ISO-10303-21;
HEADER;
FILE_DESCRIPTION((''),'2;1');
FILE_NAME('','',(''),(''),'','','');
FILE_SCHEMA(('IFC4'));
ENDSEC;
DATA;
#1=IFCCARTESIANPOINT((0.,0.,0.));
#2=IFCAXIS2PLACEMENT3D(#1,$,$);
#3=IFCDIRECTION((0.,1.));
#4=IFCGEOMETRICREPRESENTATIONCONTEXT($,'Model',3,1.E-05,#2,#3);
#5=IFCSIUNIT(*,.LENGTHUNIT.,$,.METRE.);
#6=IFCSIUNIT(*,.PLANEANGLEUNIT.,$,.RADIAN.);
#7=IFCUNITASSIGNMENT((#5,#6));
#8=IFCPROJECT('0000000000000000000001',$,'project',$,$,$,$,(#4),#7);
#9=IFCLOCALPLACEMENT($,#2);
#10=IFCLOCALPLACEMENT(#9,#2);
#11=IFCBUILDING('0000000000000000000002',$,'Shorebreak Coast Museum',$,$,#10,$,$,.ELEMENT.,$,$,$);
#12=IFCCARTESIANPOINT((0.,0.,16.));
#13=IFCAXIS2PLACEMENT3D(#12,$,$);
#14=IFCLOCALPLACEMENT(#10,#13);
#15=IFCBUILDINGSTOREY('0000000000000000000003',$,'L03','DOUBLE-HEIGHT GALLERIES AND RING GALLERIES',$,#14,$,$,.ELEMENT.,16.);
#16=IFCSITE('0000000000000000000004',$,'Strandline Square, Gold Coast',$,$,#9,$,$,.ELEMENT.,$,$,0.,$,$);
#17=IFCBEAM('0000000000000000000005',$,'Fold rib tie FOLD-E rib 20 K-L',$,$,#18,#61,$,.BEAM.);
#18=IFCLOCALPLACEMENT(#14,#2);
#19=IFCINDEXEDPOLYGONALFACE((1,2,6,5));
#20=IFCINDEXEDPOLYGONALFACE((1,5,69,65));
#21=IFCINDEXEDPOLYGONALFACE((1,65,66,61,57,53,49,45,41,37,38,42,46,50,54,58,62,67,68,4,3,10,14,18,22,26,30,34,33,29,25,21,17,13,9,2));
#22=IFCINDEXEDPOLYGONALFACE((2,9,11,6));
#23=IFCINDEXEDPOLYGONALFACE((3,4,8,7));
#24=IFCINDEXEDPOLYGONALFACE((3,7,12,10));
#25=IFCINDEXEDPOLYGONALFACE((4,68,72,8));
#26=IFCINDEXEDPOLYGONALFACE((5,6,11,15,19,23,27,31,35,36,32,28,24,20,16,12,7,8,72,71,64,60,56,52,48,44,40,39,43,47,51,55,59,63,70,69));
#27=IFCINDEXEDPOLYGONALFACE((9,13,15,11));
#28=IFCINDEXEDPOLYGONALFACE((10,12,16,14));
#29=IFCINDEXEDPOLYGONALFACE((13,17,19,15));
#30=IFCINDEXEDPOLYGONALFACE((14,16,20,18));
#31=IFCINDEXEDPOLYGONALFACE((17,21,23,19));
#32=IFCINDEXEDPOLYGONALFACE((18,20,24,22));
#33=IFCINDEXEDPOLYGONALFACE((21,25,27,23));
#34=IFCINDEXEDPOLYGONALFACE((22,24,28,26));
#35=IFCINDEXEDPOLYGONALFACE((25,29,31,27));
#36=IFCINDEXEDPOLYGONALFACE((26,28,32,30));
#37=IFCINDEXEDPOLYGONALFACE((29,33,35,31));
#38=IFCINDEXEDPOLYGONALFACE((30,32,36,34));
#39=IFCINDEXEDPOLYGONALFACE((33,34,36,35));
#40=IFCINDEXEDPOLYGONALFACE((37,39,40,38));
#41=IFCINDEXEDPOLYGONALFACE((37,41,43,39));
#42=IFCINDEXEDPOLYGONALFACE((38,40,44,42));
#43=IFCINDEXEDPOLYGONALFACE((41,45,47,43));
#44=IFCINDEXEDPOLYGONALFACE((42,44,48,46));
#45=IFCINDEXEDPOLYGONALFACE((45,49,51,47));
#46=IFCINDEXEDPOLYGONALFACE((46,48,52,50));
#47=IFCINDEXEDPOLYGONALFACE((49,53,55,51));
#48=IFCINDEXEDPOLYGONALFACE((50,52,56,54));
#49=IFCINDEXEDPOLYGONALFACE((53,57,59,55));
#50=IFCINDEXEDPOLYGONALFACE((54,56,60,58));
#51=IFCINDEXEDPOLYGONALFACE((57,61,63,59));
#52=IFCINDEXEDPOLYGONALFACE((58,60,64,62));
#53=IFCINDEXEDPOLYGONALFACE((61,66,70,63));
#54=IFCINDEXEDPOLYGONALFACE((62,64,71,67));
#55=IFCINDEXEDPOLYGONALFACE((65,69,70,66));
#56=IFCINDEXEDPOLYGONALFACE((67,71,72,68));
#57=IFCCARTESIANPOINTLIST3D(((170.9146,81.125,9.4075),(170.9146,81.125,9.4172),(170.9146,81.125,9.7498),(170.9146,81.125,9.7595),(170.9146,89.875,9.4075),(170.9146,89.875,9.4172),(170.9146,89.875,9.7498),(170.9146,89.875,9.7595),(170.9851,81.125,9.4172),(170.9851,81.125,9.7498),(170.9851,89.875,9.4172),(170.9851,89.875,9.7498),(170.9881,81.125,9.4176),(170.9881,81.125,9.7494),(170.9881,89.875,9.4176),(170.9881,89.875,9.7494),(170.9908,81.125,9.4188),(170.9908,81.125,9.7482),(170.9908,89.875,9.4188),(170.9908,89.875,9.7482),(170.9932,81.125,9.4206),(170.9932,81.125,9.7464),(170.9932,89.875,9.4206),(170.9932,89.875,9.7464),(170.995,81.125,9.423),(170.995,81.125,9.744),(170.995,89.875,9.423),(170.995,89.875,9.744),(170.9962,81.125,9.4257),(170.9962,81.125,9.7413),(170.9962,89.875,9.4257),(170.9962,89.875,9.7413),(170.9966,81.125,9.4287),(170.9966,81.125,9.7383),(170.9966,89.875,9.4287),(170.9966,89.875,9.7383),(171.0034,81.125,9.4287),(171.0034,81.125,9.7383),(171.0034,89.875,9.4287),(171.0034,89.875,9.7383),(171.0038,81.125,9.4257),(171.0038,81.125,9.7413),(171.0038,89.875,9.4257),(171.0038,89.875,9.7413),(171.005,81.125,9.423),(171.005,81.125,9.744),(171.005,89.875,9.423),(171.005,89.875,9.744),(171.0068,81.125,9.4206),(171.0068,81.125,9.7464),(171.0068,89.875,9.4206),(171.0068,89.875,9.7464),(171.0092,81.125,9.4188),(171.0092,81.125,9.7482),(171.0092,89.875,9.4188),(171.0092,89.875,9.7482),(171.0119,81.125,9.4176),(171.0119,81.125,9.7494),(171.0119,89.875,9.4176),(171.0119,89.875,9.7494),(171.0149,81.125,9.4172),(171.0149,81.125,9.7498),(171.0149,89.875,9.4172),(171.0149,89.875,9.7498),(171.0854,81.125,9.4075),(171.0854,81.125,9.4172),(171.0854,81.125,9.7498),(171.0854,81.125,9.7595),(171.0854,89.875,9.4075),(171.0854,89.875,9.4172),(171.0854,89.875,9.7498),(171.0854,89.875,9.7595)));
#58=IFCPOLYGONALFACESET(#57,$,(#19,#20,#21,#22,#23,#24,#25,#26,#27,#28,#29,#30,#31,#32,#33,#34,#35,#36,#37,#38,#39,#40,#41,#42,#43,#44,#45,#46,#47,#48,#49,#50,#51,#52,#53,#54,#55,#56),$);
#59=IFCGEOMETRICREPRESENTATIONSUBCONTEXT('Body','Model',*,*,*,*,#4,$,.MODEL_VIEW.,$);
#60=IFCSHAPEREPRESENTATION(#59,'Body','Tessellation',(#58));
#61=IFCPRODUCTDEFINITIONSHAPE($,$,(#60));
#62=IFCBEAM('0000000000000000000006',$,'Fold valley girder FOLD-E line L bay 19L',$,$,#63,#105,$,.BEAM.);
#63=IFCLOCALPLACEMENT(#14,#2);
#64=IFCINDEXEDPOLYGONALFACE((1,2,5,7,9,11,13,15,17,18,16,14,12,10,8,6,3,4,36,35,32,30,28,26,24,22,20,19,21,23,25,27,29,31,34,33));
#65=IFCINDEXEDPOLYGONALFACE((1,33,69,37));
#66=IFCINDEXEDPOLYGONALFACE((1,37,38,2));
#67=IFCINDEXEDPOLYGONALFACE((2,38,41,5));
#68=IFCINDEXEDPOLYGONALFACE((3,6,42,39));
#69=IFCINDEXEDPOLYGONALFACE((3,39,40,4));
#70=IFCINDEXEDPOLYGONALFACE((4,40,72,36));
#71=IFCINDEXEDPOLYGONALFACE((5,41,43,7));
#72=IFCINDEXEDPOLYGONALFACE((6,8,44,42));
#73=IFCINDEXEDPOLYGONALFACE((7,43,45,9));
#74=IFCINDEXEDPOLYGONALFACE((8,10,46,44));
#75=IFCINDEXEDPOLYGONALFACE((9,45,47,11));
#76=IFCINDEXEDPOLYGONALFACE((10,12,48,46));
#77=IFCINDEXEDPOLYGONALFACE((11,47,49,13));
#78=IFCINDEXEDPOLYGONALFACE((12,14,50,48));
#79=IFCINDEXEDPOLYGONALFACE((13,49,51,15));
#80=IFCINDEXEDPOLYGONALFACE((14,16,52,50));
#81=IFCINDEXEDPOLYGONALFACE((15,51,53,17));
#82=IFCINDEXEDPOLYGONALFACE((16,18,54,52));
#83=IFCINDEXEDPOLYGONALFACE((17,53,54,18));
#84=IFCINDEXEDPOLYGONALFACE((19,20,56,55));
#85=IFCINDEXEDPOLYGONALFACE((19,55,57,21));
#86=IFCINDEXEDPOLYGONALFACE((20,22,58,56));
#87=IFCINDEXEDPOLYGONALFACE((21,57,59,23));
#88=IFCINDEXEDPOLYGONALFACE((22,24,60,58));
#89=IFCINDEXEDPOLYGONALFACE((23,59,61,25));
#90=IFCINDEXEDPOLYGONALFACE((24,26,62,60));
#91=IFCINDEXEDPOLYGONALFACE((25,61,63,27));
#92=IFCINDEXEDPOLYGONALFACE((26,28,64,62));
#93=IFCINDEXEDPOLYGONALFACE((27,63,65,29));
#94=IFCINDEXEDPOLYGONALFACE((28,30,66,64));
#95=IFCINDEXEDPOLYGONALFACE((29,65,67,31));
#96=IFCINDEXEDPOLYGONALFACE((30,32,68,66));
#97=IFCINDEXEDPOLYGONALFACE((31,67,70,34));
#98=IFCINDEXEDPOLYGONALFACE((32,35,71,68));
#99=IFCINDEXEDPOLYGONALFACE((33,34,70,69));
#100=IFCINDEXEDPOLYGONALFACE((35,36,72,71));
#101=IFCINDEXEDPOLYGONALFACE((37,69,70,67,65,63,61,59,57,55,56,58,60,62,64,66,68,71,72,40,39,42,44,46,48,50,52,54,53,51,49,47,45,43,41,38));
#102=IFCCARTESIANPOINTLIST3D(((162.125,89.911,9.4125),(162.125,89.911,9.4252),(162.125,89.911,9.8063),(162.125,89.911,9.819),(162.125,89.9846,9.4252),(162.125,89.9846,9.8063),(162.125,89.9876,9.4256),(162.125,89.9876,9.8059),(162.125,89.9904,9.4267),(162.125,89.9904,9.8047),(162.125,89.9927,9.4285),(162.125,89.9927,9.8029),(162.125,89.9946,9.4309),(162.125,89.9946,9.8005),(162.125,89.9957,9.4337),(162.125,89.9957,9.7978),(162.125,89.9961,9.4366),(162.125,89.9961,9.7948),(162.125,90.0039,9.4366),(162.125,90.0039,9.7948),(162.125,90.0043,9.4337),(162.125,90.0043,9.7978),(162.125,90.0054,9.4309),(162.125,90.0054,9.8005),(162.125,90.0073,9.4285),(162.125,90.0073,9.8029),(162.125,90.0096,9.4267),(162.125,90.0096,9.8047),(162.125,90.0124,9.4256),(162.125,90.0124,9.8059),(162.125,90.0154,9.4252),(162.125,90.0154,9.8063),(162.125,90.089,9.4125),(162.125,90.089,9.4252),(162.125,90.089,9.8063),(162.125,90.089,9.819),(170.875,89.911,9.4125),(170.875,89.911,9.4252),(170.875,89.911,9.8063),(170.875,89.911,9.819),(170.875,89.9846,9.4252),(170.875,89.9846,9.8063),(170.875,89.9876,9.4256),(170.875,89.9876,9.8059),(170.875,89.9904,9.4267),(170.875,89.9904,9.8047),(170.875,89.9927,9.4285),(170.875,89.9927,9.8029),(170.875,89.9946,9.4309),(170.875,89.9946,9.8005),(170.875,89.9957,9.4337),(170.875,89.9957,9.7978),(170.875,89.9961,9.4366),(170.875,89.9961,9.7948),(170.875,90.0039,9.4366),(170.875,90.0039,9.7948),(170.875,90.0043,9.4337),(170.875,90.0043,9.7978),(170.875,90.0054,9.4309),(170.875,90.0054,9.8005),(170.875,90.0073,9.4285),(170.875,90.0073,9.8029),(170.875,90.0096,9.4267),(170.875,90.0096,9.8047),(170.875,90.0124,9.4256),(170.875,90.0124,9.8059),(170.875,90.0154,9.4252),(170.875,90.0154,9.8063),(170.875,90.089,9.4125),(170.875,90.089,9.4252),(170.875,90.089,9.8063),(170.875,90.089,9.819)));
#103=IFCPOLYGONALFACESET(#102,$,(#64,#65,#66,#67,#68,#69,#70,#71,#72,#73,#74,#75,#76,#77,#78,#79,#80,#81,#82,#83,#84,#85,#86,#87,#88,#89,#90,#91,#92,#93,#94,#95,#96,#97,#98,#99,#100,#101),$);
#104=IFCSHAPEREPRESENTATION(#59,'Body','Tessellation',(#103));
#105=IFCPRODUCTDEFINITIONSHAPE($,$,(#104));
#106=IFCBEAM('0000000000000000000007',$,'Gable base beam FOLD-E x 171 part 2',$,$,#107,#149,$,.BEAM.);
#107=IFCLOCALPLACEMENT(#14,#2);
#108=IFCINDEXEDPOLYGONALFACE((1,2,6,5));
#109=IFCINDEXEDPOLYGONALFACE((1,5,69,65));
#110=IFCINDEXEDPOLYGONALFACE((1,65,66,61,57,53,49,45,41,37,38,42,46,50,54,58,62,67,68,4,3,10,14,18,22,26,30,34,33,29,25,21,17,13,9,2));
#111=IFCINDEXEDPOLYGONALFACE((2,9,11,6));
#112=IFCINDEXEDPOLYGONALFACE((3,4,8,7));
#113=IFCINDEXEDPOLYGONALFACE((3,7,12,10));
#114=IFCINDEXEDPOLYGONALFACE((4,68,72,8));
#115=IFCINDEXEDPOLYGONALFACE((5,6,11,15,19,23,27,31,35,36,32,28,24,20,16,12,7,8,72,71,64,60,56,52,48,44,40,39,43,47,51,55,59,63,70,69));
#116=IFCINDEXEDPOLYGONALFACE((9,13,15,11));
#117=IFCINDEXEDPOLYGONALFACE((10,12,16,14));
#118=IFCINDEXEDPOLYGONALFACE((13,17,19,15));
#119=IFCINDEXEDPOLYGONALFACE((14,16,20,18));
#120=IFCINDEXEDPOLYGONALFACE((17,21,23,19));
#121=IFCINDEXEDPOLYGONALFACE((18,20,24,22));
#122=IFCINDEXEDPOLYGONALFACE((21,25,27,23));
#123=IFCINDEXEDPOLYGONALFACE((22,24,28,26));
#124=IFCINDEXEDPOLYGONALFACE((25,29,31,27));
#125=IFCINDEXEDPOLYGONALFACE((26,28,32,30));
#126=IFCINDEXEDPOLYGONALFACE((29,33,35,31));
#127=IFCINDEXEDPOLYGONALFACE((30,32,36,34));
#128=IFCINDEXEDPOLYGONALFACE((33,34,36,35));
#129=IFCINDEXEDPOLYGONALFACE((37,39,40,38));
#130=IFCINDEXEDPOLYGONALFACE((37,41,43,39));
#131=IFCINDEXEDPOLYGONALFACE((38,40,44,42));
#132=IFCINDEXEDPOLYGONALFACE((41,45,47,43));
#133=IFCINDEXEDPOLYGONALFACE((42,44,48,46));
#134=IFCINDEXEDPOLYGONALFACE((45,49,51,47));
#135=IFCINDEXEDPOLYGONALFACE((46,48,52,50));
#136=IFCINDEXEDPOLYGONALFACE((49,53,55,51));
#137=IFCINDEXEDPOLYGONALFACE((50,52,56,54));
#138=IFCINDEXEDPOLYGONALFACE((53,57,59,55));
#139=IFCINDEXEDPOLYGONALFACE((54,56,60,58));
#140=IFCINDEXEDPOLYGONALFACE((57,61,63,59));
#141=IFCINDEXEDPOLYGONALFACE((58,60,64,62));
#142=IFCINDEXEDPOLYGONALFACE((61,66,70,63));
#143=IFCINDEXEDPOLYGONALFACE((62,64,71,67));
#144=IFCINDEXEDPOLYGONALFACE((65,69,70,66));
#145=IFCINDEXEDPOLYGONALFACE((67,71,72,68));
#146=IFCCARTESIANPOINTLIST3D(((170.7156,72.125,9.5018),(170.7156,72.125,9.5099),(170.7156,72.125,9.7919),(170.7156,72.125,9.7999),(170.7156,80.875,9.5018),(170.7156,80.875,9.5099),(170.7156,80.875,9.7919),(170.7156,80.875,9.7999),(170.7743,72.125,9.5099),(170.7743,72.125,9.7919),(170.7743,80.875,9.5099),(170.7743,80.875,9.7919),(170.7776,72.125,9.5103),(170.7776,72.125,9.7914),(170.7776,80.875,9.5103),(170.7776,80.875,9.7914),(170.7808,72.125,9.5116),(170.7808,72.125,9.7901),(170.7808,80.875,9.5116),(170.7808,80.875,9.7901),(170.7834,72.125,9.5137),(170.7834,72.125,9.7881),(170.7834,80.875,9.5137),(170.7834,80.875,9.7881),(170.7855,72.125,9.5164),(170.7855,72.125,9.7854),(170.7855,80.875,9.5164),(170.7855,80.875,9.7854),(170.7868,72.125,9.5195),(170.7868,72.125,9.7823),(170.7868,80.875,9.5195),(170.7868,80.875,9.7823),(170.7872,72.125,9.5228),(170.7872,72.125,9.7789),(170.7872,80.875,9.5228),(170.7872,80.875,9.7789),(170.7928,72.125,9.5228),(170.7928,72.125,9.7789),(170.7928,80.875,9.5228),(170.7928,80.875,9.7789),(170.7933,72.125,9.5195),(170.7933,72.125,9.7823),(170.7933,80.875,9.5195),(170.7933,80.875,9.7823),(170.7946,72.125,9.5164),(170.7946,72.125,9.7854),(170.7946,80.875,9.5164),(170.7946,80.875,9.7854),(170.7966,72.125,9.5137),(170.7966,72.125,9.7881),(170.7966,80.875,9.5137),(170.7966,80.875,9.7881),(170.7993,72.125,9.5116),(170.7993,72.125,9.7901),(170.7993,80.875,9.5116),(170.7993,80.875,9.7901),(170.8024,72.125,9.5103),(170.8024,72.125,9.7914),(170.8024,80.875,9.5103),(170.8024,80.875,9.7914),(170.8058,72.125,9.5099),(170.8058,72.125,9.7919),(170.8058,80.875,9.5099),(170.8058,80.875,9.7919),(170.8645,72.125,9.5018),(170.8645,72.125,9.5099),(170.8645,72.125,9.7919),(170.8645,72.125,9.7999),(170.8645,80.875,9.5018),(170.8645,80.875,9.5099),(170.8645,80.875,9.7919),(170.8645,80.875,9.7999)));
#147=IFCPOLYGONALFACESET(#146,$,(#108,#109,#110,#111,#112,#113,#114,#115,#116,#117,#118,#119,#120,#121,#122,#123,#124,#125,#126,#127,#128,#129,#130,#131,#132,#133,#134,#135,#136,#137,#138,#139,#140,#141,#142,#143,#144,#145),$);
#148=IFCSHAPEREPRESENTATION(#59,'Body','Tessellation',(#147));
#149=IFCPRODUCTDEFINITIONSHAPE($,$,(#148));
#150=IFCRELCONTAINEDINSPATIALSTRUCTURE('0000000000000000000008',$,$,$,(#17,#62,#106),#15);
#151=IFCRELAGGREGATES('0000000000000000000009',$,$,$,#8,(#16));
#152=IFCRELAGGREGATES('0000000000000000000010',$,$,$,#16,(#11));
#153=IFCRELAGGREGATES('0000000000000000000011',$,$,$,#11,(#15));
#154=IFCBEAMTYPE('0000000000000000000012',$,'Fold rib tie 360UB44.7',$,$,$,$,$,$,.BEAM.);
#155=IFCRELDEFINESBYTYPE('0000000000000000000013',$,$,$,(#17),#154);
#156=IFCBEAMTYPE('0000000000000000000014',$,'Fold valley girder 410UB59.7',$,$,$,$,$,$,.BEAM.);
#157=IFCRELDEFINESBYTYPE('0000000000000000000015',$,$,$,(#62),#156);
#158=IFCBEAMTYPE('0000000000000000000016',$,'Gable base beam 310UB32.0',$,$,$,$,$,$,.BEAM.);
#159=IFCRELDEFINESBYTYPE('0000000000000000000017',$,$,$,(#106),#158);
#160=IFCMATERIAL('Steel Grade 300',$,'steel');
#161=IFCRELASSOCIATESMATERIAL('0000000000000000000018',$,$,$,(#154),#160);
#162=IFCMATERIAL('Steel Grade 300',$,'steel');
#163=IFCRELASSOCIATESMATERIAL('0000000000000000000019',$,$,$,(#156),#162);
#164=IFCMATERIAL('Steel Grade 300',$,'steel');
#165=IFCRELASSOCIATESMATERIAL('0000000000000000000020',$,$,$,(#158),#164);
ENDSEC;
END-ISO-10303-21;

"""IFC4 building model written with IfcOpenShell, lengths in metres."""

from ifc_helpers import new_model, si_unit, direction, frame, origin, origin_2d, place, context, subcontext, project, spatial, i_section, extrude, material, material_profile, profile_set, type_object, element, save


model = new_model("IFC4")

# Units and contexts
model_context = context("Model", 3, precision=1e-05, world=origin(), true_north=direction((0.0, 1.0)))
body_context = subcontext(model_context, "Body", "Model", "MODEL_VIEW")
ifc_project = project(units=[si_unit("LENGTHUNIT", "METRE"), si_unit("PLANEANGLEUNIT", "RADIAN")], contexts=[model_context])

# Site, building, storey
site_placement = place(None, origin())
site = spatial("IfcSite", under=ifc_project, at=site_placement, Name="Strandline Square, Gold Coast", CompositionType="ELEMENT", RefElevation=0.0)
building_placement = place(site_placement, origin())
building = spatial("IfcBuilding", under=site, at=building_placement, Name="Shorebreak Coast Museum", CompositionType="ELEMENT")
storey_placement = place(building_placement, frame((0.0, 0.0, 16.0)))
storey = spatial("IfcBuildingStorey", under=building, at=storey_placement, Name="L03", Description="DOUBLE-HEIGHT GALLERIES AND RING GALLERIES", CompositionType="ELEMENT", Elevation=16.0)

# Beams
ifc_material_1 = material(Name="Steel Grade 300", Category="steel")
ifc_material_profile_1 = material_profile(ifc_material_1, i_section(OverallWidth=0.1709, OverallDepth=0.3521, WebThickness=0.0068, FlangeThickness=0.0098, FilletRadius=0.0115, at=origin_2d()), Name="360UB44.7")
ifc_profile_set_1 = profile_set([ifc_material_profile_1], Name="Steel Grade 300")
beam_type_1 = type_object("IfcBeamType", Name="Fold rib tie 360UB44.7", PredefinedType="BEAM", material=ifc_profile_set_1)
beam_1_placement = place(storey_placement, frame((171.0, 81.125, 9.5835), z_axis=(0.0, 1.0, 0.0), x_axis=(-1.0, 0.0, 0.0)))
element("IfcBeam", 1, at=beam_1_placement, inside=storey, type_object=beam_type_1, Name="Fold rib tie FOLD-E rib 20 K-L", PredefinedType="BEAM", context=body_context, shape_type="SweptSolid", body=[
    extrude(i_section(OverallWidth=0.1709, OverallDepth=0.3521, WebThickness=0.0068, FlangeThickness=0.0098, FilletRadius=0.0115, at=origin_2d()), origin(), (0.0, 0.0, 1.0), 8.75),
])
ifc_material_2 = material(Name="Steel Grade 300", Category="steel")
ifc_material_profile_2 = material_profile(ifc_material_2, i_section(OverallWidth=0.178, OverallDepth=0.4065, WebThickness=0.0078, FlangeThickness=0.0127, FilletRadius=0.0115, at=origin_2d()), Name="410UB59.7")
ifc_profile_set_2 = profile_set([ifc_material_profile_2], Name="Steel Grade 300")
beam_type_2 = type_object("IfcBeamType", Name="Fold valley girder 410UB59.7", PredefinedType="BEAM", material=ifc_profile_set_2)
beam_2_placement = place(storey_placement, frame((162.125, 90.0, 9.6157), z_axis=(1.0, 0.0, 0.0), x_axis=(0.0, 1.0, 0.0)))
element("IfcBeam", 2, at=beam_2_placement, inside=storey, type_object=beam_type_2, Name="Fold valley girder FOLD-E line L bay 19L", PredefinedType="BEAM", context=body_context, shape_type="SweptSolid", body=[
    extrude(i_section(OverallWidth=0.178, OverallDepth=0.4065, WebThickness=0.0078, FlangeThickness=0.0127, FilletRadius=0.0115, at=origin_2d()), origin(), (0.0, 0.0, 1.0), 8.75),
])
ifc_material_3 = material(Name="Steel Grade 300", Category="steel")
ifc_material_profile_3 = material_profile(ifc_material_3, i_section(OverallWidth=0.1489, OverallDepth=0.2981, WebThickness=0.0056, FlangeThickness=0.0081, FilletRadius=0.0129, at=origin_2d()), Name="310UB32.0")
ifc_profile_set_3 = profile_set([ifc_material_profile_3], Name="Steel Grade 300")
beam_type_3 = type_object("IfcBeamType", Name="Gable base beam 310UB32.0", PredefinedType="BEAM", material=ifc_profile_set_3)
beam_3_placement = place(storey_placement, frame((170.79, 80.875, 9.6509), z_axis=(0.0, -1.0, 0.0), x_axis=(1.0, 0.0, 0.0)))
element("IfcBeam", 3, at=beam_3_placement, inside=storey, type_object=beam_type_3, Name="Gable base beam FOLD-E x 171 part 2", PredefinedType="BEAM", context=body_context, shape_type="SweptSolid", body=[
    extrude(i_section(OverallWidth=0.1489, OverallDepth=0.2981, WebThickness=0.0056, FlangeThickness=0.0081, FilletRadius=0.0129, at=origin_2d()), origin(), (0.0, 0.0, 1.0), 8.75),
])

save(model, "model.ifc")
